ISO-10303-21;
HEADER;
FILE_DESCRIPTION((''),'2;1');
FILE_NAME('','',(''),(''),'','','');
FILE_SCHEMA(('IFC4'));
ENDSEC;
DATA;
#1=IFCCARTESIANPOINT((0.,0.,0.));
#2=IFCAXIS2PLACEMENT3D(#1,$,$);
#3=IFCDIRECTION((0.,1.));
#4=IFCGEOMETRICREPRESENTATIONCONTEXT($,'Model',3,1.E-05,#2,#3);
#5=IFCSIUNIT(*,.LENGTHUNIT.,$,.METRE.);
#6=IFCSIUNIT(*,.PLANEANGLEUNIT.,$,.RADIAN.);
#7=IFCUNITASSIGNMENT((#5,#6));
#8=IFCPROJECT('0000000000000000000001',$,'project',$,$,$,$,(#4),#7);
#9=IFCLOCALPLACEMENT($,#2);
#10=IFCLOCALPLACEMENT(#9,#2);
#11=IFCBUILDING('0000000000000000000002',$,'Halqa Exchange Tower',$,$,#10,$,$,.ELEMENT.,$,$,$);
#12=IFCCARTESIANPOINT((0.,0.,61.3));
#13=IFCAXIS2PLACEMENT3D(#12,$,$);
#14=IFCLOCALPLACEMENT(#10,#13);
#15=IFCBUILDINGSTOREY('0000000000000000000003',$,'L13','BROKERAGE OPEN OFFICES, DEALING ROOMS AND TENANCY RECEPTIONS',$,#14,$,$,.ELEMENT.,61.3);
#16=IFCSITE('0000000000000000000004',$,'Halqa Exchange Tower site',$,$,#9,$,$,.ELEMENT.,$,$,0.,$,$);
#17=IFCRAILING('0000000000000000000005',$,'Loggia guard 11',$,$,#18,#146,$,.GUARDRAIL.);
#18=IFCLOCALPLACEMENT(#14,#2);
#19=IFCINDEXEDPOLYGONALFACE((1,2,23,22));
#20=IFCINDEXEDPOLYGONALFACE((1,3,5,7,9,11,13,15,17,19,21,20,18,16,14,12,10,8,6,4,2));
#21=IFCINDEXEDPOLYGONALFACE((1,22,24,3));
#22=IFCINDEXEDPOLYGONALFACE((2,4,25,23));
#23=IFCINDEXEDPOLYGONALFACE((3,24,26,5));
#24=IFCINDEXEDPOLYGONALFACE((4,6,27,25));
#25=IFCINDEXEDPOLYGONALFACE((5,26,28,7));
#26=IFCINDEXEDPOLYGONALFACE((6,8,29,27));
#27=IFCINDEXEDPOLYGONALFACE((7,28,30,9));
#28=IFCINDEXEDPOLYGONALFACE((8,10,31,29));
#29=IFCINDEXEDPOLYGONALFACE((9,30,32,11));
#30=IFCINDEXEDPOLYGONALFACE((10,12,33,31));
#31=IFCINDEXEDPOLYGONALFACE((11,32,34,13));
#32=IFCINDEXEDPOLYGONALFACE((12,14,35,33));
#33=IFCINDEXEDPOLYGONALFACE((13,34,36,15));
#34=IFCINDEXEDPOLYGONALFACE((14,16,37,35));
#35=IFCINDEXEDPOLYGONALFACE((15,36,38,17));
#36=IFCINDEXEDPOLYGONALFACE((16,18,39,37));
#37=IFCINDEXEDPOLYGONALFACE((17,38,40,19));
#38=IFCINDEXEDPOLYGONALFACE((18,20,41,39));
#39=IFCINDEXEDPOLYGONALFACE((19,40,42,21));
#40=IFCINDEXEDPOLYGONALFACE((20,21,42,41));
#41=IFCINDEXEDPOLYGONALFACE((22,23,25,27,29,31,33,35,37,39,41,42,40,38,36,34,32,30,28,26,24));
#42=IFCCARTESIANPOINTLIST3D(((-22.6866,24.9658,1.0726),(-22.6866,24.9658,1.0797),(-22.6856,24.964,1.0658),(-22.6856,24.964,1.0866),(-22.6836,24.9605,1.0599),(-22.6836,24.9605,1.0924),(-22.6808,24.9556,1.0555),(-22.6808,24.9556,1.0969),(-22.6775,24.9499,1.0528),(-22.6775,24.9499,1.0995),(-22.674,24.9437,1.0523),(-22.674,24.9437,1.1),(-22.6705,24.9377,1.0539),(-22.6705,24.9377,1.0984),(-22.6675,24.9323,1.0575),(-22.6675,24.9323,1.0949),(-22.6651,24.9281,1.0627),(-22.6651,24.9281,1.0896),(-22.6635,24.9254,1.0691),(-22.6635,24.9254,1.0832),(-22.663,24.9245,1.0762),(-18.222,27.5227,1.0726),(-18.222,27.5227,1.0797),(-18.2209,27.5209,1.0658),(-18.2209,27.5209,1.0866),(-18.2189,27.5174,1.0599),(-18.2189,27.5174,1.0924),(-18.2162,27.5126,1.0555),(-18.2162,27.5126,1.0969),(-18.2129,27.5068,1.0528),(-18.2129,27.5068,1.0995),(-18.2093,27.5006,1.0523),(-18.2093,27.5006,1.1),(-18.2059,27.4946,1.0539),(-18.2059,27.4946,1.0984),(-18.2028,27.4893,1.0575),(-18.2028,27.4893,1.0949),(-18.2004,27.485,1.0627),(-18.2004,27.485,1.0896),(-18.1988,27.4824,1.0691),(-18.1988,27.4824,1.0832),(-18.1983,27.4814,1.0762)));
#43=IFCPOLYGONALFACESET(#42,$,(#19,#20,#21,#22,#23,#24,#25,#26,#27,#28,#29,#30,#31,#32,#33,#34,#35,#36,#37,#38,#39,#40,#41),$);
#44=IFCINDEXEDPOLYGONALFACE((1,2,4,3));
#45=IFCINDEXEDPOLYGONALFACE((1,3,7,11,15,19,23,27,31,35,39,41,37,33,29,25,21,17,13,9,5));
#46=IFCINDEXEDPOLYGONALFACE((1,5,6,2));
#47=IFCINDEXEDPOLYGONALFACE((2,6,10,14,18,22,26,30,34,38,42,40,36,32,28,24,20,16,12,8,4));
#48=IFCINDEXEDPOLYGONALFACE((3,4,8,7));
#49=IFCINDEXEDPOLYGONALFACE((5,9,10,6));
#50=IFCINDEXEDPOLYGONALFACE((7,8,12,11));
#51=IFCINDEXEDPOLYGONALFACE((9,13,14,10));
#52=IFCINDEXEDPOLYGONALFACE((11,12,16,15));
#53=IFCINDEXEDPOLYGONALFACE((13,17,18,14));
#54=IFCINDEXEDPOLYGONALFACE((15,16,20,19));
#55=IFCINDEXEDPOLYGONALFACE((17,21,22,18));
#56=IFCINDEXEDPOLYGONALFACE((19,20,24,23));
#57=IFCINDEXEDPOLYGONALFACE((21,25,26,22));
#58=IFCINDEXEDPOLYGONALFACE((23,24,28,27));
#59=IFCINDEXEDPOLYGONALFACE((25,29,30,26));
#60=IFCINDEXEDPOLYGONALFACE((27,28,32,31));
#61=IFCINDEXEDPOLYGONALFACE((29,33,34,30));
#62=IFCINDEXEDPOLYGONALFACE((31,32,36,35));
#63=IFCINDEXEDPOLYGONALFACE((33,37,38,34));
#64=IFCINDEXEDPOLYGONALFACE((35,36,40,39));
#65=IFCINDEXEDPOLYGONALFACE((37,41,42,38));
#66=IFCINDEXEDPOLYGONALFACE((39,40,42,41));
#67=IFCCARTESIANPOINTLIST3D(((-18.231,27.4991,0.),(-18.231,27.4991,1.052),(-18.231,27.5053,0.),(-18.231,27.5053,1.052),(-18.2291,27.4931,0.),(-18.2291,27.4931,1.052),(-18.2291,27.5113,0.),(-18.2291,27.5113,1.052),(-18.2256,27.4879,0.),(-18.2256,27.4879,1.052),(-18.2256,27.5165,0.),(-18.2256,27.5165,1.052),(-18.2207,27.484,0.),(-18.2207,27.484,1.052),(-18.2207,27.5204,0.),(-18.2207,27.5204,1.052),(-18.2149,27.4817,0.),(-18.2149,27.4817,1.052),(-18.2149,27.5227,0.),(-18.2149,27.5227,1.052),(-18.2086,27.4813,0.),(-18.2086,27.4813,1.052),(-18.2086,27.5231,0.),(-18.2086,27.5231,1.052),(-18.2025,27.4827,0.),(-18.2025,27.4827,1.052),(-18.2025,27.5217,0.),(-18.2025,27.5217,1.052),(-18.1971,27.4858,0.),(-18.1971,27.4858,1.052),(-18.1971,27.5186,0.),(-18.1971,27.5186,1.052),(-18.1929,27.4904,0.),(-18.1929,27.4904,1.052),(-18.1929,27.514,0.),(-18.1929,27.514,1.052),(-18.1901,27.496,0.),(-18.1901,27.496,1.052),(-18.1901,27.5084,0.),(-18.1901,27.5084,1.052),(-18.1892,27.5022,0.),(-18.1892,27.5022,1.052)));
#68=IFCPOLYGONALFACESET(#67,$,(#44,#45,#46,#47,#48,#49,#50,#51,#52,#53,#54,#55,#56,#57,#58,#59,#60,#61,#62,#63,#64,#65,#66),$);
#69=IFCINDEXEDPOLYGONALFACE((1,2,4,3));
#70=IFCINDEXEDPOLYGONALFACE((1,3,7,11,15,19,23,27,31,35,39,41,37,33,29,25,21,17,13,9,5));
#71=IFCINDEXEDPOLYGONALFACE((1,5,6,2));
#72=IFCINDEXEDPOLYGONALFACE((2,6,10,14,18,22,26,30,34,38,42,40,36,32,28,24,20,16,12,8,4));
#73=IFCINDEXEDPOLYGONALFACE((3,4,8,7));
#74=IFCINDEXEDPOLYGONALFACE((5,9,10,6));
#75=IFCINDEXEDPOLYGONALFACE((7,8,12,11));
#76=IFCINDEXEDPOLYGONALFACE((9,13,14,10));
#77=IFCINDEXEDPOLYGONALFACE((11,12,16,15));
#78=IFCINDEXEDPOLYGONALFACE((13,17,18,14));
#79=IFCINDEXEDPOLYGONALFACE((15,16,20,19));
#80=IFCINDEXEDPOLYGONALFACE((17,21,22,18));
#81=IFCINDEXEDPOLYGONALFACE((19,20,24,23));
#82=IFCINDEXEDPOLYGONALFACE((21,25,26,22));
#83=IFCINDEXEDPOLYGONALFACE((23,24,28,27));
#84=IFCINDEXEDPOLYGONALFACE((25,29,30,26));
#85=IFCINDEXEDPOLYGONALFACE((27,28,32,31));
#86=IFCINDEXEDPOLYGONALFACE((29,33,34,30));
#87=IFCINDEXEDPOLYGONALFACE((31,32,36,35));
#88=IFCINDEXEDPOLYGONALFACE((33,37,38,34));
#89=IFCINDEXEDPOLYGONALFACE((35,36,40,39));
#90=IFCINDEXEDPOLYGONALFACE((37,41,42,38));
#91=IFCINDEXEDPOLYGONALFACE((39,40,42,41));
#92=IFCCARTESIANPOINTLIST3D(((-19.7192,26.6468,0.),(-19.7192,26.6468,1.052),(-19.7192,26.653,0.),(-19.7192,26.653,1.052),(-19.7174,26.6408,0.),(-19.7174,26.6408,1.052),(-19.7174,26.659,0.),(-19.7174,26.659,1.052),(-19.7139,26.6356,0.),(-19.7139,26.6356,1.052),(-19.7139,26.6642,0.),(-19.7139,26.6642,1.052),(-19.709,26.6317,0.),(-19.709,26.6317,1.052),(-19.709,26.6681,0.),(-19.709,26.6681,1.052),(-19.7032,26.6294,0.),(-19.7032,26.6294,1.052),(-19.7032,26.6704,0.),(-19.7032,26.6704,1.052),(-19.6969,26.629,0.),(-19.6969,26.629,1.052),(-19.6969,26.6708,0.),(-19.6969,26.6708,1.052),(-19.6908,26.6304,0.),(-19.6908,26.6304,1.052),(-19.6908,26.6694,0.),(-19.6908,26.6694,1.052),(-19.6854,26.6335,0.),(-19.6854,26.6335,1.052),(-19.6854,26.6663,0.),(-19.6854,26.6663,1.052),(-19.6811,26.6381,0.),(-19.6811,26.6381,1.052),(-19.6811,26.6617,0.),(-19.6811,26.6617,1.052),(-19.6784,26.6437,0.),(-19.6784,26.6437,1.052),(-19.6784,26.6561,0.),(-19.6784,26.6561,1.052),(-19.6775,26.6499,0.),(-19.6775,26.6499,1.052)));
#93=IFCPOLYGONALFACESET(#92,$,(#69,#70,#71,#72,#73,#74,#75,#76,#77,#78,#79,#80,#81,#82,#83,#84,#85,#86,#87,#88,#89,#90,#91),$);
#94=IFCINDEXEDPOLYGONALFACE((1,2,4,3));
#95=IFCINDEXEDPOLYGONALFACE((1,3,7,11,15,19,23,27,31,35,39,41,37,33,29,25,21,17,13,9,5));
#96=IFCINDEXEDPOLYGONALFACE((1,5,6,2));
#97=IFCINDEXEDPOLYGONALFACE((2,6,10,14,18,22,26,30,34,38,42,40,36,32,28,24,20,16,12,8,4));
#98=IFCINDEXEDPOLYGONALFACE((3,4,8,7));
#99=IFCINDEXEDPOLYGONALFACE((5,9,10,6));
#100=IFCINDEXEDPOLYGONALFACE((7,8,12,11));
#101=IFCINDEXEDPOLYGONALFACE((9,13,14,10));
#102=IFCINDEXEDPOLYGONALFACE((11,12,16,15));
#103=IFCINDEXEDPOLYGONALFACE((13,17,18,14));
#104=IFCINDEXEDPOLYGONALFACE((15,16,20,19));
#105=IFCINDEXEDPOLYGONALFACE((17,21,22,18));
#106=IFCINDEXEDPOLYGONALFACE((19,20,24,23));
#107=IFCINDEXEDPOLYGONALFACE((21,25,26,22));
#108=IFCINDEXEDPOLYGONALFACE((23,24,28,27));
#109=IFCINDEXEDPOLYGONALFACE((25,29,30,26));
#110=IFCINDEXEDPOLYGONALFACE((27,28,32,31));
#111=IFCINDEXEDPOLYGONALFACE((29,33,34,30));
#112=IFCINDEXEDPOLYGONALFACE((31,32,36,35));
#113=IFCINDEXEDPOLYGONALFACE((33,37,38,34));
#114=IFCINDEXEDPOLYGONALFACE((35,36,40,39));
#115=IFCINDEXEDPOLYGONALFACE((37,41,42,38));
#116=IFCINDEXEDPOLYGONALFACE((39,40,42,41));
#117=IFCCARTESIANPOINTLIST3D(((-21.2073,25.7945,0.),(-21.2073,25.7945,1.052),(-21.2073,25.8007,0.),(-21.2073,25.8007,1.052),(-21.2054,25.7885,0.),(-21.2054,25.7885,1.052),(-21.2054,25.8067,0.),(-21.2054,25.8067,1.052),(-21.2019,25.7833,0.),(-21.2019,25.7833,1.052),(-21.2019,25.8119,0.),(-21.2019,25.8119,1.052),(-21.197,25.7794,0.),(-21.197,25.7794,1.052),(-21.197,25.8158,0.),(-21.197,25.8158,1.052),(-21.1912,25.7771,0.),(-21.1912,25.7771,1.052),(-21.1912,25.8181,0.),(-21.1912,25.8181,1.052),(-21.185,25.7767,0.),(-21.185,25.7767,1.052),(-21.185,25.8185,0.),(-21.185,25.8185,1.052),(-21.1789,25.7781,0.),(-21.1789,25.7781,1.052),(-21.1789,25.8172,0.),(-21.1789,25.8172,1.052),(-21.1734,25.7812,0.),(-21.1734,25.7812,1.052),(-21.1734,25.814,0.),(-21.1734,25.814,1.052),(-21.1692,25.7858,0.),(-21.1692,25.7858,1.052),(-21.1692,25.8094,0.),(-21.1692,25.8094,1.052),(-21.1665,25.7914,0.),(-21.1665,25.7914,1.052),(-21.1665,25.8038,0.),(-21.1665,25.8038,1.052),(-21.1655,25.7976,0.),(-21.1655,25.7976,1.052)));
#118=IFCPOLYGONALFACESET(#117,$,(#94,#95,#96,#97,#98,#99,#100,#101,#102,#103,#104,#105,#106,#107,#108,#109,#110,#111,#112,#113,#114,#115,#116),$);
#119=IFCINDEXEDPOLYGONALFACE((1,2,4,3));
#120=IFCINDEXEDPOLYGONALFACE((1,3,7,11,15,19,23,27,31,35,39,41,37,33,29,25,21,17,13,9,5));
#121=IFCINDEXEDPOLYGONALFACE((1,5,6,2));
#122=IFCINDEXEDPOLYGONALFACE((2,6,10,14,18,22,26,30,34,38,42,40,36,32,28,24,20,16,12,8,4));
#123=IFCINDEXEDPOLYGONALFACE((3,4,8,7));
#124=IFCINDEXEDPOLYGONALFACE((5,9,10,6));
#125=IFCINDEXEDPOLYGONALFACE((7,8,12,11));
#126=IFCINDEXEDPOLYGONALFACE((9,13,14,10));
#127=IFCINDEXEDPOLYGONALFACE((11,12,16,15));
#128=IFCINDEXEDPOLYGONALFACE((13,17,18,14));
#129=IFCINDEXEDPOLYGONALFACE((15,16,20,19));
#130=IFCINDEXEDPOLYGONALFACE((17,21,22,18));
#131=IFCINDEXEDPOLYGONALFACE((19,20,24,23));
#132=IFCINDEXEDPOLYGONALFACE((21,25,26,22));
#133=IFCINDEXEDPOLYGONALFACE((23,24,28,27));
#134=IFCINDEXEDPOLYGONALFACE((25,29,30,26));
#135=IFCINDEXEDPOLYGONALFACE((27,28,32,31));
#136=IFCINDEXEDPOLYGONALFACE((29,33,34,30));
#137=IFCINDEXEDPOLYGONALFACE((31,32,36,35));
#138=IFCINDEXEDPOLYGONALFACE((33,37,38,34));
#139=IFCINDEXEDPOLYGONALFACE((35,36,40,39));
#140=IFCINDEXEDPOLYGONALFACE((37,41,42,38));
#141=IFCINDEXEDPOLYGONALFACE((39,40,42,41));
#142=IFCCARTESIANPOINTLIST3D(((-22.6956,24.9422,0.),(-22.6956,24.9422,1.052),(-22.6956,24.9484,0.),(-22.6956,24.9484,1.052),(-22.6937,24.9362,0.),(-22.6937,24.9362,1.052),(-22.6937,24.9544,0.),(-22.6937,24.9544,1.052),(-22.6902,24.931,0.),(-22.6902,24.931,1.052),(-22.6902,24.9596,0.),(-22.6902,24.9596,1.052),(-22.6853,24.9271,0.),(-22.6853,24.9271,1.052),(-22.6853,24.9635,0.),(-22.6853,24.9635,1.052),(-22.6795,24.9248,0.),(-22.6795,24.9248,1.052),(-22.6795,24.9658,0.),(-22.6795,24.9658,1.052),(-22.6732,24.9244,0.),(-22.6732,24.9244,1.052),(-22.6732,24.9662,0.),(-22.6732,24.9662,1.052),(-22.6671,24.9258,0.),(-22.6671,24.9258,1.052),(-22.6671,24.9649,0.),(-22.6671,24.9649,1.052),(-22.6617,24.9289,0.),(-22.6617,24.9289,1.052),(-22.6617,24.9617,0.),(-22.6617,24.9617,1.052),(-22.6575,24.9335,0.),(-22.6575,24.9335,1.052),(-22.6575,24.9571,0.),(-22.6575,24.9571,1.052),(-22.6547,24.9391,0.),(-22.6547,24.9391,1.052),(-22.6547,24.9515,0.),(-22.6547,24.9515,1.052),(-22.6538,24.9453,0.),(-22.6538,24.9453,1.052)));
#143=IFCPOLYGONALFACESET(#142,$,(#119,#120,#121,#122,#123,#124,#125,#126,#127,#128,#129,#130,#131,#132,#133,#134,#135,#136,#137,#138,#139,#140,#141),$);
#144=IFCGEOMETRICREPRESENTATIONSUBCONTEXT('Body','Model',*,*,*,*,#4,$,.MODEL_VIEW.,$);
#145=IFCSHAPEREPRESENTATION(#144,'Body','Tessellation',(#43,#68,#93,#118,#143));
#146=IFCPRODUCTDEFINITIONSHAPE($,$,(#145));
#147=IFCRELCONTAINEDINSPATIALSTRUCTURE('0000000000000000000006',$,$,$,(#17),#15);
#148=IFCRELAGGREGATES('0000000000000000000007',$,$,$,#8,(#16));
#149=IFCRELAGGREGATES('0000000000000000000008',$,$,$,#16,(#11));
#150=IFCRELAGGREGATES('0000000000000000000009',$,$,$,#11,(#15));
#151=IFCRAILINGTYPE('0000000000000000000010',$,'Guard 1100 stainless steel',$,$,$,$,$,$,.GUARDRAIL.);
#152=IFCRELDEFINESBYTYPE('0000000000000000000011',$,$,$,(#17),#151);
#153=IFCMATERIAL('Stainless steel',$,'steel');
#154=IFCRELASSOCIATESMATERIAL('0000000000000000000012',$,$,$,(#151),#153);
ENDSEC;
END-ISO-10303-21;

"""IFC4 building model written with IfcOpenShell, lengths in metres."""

from ifc_helpers import new_model, si_unit, direction, frame, origin, origin_2d, place, context, subcontext, project, spatial, circle, extrude, material, type_object, element, save


model = new_model("IFC4")

# Units and contexts
model_context = context("Model", 3, precision=1e-05, world=origin(), true_north=direction((0.0, 1.0)))
body_context = subcontext(model_context, "Body", "Model", "MODEL_VIEW")
ifc_project = project(units=[si_unit("LENGTHUNIT", "METRE"), si_unit("PLANEANGLEUNIT", "RADIAN")], contexts=[model_context])

# Site, building, storey
site_placement = place(None, origin())
site = spatial("IfcSite", under=ifc_project, at=site_placement, Name="Halqa Exchange Tower site", CompositionType="ELEMENT", RefElevation=0.0)
building_placement = place(site_placement, origin())
building = spatial("IfcBuilding", under=site, at=building_placement, Name="Halqa Exchange Tower", CompositionType="ELEMENT")
storey_placement = place(building_placement, frame((0.0, 0.0, 61.3)))
storey = spatial("IfcBuildingStorey", under=building, at=storey_placement, Name="L13", Description="BROKERAGE OPEN OFFICES, DEALING ROOMS AND TENANCY RECEPTIONS", CompositionType="ELEMENT", Elevation=61.3)

# Railing
ifc_material_1 = material(Name="Stainless steel", Category="steel")
railing_type = type_object("IfcRailingType", Name="Guard 1100 stainless steel", PredefinedType="GUARDRAIL", material=ifc_material_1)
railing_1_placement = place(storey_placement, frame((-18.2102, 27.5022, 0.0)))
element("IfcRailing", 1, at=railing_1_placement, inside=storey, type_object=railing_type, Name="Loggia guard 11", PredefinedType="GUARDRAIL", context=body_context, shape_type="SweptSolid", body=[
    extrude(circle(Radius=0.0239, at=origin_2d()), frame((0.0, 0.0, 1.0762), z_axis=(-0.867767, -0.496972, 0.0), x_axis=(0.496972, -0.867767, 0.0)), (0.0, 0.0, 1.0), 5.145),
    extrude(circle(Radius=0.021, at=origin_2d()), origin(), (0.0, 0.0, 1.0), 1.052),
    extrude(circle(Radius=0.021, at=origin_2d()), frame((-1.4883, -0.8523, 0.0)), (0.0, 0.0, 1.0), 1.052),
    extrude(circle(Radius=0.021, at=origin_2d()), frame((-2.9763, -1.7046, 0.0)), (0.0, 0.0, 1.0), 1.052),
    extrude(circle(Radius=0.021, at=origin_2d()), frame((-4.4646, -2.5569, 0.0)), (0.0, 0.0, 1.0), 1.052),
])

save(model, "model.ifc")
